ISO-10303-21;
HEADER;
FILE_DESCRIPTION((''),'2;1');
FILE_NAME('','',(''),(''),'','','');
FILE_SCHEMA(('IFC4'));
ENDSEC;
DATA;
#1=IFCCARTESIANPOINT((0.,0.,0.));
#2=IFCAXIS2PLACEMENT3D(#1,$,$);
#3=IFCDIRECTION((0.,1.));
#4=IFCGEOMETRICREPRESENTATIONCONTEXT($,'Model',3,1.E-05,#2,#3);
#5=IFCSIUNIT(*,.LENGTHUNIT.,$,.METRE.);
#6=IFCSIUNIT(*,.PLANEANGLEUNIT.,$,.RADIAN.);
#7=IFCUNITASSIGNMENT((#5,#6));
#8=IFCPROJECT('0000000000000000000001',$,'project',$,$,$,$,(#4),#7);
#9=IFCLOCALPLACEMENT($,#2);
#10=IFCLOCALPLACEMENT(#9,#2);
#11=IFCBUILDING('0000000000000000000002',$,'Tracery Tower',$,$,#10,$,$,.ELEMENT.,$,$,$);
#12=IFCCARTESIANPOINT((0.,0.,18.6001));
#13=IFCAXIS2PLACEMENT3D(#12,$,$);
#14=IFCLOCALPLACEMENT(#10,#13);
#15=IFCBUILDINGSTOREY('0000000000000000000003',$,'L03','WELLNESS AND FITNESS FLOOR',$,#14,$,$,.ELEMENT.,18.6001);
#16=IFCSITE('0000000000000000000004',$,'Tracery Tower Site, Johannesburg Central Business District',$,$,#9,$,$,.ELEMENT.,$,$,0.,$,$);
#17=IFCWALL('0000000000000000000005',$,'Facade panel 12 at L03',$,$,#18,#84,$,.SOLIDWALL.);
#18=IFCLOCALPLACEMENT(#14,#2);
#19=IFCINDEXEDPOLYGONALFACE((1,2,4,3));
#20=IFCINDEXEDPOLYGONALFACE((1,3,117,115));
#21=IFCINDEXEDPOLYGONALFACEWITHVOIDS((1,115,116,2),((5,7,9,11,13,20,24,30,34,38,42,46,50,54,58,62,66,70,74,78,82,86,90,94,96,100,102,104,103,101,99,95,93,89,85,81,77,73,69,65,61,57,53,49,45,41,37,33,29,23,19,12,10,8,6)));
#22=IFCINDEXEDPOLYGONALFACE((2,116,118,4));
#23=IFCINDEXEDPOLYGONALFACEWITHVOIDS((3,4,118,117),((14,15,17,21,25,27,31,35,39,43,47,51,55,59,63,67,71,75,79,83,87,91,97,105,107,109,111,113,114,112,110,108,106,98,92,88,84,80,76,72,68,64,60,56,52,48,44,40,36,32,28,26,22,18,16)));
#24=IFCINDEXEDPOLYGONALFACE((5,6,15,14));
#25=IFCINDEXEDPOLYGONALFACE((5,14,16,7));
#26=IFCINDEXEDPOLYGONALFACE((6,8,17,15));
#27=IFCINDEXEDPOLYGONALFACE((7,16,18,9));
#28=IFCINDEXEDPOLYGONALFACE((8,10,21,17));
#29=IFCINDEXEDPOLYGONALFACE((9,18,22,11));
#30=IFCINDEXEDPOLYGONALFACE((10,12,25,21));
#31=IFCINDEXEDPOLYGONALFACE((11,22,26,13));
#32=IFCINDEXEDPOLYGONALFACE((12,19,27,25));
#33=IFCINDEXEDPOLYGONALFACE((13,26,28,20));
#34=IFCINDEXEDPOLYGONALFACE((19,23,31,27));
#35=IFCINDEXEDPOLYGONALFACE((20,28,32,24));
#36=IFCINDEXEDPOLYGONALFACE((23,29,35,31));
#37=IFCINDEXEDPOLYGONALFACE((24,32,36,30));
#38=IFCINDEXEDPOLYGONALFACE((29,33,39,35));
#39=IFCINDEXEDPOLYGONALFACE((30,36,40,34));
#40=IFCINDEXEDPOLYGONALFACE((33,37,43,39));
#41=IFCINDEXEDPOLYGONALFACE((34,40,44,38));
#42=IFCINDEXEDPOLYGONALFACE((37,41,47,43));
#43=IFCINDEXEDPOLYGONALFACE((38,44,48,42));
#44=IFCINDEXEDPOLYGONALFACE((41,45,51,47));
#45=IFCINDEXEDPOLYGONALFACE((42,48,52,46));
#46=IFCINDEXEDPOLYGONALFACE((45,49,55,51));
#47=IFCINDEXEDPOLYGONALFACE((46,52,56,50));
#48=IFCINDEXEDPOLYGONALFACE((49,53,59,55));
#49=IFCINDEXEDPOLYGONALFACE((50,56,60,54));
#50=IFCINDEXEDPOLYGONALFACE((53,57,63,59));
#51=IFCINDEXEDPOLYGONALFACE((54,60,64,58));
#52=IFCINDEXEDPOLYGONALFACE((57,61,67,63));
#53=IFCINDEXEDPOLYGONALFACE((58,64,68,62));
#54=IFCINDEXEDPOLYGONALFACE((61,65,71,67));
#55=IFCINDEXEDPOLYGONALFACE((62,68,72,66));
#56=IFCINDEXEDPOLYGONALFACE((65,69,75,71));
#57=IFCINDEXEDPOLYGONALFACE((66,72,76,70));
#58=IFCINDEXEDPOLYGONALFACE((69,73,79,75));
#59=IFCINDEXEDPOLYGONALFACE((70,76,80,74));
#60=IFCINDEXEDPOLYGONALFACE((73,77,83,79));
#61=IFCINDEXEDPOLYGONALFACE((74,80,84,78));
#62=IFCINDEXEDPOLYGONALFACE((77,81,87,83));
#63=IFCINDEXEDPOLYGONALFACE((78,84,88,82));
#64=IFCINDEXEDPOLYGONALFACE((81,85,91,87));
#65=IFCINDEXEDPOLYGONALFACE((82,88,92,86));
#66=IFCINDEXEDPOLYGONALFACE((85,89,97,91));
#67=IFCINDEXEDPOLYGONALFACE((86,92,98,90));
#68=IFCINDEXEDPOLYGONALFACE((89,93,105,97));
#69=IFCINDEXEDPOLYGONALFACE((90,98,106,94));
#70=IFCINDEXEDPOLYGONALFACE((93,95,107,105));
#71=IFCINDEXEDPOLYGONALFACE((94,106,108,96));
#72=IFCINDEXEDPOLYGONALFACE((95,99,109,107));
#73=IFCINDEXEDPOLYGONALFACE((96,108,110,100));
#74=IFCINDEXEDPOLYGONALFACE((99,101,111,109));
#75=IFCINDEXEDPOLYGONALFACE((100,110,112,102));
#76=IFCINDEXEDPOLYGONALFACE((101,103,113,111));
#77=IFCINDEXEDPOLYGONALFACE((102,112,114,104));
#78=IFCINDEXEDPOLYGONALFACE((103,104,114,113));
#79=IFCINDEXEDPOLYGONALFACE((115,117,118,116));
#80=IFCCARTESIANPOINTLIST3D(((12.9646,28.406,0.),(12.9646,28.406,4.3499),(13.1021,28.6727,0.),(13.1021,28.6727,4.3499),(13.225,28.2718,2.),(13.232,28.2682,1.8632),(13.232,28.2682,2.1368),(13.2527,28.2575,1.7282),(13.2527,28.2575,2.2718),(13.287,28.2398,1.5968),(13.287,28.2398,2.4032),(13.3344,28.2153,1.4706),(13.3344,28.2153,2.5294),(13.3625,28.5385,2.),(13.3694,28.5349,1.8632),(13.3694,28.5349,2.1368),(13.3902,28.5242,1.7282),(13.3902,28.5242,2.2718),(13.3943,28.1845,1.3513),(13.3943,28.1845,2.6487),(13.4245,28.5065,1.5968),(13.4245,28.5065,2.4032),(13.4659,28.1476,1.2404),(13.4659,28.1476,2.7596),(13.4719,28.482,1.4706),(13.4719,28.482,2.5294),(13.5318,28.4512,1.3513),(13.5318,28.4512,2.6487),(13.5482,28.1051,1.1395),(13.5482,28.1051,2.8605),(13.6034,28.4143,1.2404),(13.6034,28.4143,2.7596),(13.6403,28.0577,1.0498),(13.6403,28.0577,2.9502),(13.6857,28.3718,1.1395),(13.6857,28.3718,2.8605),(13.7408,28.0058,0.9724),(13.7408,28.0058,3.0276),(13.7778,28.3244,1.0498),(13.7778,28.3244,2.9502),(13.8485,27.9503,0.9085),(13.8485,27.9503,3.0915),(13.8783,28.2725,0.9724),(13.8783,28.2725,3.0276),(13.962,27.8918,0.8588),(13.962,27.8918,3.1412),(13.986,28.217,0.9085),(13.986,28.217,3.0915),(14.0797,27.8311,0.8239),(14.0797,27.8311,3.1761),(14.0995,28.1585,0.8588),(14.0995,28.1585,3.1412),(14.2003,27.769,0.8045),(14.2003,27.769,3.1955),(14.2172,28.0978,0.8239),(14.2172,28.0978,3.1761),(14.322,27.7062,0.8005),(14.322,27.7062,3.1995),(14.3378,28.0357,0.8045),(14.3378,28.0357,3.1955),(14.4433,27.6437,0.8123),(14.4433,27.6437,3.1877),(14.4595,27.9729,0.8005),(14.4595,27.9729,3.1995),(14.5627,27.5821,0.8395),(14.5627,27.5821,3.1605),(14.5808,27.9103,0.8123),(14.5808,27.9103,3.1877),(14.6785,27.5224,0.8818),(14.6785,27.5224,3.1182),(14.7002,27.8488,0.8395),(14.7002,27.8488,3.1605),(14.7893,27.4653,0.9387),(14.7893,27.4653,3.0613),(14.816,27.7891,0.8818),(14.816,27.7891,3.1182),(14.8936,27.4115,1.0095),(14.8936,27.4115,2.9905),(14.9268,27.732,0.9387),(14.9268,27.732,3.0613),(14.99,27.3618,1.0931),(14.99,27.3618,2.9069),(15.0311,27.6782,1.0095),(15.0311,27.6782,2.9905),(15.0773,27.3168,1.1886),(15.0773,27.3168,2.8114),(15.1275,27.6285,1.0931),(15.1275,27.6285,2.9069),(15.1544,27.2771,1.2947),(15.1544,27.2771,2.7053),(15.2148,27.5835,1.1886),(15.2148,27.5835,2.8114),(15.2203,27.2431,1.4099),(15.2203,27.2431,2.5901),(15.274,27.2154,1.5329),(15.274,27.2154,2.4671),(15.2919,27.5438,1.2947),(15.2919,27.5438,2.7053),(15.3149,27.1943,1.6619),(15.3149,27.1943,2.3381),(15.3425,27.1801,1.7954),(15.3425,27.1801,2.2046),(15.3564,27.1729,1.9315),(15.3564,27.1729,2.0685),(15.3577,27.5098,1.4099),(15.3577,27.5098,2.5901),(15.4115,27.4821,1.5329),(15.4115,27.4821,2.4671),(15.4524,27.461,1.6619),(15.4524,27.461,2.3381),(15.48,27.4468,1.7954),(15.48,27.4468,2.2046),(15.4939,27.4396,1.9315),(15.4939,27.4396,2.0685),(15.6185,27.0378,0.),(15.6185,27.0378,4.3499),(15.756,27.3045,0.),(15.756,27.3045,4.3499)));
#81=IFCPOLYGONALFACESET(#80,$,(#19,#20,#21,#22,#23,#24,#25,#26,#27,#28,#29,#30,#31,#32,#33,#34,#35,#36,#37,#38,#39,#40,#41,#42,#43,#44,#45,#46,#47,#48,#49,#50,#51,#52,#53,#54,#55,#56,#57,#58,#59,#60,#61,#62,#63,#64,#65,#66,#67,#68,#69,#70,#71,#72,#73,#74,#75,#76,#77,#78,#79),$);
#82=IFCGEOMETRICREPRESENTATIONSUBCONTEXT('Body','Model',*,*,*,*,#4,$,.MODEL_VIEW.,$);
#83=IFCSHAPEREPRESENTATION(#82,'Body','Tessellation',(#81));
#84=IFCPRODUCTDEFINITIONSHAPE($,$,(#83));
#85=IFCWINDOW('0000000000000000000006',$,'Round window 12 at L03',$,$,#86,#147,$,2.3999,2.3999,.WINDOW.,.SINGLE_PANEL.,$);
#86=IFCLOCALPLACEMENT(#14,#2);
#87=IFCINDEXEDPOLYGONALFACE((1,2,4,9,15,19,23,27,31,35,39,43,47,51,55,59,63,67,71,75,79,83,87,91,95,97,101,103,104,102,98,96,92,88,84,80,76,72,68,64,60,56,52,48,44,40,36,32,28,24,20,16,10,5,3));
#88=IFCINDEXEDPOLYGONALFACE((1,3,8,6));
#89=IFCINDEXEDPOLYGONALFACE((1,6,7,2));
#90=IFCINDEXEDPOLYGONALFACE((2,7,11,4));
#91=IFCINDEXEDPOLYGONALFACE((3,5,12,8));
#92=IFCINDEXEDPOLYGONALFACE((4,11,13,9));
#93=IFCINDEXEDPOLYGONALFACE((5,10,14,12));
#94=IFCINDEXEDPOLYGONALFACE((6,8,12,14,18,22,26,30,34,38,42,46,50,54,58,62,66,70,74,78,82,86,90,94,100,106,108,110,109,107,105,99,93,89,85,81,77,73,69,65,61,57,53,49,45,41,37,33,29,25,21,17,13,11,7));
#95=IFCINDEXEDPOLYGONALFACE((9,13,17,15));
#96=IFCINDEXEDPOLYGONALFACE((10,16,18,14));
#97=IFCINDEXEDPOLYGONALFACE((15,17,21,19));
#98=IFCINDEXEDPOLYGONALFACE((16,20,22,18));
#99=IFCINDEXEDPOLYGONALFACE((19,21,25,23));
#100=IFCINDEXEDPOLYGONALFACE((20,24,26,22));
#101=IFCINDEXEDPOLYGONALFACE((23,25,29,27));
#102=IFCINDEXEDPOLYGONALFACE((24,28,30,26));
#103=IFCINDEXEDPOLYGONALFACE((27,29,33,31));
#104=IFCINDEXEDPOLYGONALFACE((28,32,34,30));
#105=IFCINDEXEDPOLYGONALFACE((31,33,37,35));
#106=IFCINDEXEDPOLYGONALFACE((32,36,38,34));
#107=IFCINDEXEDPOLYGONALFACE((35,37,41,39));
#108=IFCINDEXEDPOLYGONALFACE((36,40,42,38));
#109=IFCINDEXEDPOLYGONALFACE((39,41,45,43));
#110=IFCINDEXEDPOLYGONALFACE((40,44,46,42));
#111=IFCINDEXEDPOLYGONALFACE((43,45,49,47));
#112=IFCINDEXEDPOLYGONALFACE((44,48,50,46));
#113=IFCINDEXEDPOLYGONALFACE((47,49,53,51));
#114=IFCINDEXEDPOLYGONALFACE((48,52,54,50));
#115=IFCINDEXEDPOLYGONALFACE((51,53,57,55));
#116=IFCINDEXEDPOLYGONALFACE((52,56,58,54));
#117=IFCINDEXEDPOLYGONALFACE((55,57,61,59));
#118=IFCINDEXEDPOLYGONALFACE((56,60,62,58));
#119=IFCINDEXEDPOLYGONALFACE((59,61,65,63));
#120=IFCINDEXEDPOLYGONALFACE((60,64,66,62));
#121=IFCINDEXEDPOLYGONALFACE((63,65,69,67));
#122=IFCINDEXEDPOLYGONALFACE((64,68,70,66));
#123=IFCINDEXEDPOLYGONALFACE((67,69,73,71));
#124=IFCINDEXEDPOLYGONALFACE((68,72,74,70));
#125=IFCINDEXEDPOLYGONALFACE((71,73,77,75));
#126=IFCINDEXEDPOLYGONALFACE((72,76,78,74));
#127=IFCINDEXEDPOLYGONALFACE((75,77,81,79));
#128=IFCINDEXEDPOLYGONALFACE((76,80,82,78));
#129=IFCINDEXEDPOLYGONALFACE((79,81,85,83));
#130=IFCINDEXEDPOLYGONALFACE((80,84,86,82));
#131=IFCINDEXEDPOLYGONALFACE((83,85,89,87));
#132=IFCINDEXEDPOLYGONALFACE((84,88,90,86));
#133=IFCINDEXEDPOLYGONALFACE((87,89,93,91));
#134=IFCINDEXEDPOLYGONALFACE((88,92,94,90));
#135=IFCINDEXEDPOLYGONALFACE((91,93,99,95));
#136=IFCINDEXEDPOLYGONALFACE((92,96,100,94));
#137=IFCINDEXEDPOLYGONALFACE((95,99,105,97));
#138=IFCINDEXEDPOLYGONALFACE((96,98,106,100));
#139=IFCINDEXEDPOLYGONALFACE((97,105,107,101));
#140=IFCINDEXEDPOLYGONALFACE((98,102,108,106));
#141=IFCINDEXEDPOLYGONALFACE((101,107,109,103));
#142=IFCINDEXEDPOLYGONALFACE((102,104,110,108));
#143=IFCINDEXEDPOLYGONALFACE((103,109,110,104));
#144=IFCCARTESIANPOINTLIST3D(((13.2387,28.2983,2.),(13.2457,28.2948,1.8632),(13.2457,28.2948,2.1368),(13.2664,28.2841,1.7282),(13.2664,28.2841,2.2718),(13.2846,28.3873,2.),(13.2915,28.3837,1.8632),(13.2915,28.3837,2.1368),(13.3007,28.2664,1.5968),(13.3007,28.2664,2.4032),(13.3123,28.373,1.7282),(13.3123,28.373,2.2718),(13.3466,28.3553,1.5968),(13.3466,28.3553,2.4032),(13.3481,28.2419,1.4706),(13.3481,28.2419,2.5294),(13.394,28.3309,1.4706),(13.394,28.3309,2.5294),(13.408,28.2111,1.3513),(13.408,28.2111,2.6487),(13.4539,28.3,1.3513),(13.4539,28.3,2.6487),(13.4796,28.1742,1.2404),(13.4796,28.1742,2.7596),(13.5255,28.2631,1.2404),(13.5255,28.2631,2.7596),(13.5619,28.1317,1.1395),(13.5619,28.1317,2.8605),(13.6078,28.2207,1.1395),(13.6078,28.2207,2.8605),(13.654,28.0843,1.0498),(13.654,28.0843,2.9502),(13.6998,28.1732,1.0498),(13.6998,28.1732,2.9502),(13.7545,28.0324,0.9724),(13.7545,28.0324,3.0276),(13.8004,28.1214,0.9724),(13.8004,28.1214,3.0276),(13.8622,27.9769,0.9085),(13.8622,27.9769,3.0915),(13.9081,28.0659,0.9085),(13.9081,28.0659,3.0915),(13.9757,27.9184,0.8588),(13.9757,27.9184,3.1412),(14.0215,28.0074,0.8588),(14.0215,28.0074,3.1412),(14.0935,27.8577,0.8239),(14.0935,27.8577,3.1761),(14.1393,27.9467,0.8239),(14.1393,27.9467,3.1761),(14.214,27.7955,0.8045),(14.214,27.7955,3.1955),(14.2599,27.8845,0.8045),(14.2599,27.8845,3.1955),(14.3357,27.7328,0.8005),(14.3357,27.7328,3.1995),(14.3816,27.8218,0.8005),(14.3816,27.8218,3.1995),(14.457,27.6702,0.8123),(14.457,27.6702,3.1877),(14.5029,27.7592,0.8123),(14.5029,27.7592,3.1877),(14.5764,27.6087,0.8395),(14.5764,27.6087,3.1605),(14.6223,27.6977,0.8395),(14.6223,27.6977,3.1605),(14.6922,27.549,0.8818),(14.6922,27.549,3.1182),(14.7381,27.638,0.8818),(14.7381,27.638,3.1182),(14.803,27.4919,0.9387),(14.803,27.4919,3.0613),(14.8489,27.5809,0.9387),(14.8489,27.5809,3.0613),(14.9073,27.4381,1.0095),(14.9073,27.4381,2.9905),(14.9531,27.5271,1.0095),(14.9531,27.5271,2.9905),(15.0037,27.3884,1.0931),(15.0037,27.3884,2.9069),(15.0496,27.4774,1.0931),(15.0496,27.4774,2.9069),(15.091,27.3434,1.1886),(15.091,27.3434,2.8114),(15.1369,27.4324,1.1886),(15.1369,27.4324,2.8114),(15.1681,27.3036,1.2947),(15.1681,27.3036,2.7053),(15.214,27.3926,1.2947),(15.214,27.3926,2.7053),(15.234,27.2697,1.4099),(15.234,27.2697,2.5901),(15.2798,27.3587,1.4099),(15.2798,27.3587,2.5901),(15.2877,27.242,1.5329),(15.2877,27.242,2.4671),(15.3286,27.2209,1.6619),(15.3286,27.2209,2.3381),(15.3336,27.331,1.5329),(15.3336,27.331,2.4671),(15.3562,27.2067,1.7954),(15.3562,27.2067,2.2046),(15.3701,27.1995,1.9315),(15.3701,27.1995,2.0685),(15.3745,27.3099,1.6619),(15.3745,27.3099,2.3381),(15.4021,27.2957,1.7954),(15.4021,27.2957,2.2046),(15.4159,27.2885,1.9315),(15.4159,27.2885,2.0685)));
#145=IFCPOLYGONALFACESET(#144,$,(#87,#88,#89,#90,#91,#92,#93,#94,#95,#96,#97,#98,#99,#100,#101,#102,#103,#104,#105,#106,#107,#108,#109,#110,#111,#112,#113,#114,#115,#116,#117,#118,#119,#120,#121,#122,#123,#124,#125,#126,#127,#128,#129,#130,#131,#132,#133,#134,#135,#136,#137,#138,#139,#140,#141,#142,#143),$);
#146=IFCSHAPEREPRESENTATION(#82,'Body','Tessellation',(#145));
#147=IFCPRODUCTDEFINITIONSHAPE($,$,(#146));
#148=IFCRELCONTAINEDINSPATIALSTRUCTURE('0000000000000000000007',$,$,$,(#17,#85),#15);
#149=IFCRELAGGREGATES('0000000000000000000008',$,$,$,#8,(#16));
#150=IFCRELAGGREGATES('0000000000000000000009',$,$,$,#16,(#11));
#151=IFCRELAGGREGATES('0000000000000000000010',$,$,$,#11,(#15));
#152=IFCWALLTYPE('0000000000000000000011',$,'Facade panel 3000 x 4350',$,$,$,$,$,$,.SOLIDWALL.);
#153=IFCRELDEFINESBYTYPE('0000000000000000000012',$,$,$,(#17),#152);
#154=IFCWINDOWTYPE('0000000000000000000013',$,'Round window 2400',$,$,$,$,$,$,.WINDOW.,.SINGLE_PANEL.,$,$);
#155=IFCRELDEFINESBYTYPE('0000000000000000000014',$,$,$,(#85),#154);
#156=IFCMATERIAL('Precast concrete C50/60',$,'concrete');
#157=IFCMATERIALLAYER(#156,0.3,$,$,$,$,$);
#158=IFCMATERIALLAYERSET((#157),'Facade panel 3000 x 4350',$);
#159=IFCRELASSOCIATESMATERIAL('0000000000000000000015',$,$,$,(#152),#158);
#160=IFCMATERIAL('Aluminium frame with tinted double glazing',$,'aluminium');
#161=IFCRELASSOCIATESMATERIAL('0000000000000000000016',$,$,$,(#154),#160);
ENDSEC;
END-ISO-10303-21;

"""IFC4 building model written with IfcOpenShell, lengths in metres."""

from ifc_helpers import new_model, si_unit, direction, frame, frame_2d, origin, origin_2d, place, context, subcontext, project, spatial, rectangle, circle, extrude, material, layer, layer_set, type_object, element, fill, save


model = new_model("IFC4")

# Units and contexts
model_context = context("Model", 3, precision=1e-05, world=origin(), true_north=direction((0.0, 1.0)))
body_context = subcontext(model_context, "Body", "Model", "MODEL_VIEW")
ifc_project = project(units=[si_unit("LENGTHUNIT", "METRE"), si_unit("PLANEANGLEUNIT", "RADIAN")], contexts=[model_context])

# Site, building, storey
site_placement = place(None, origin())
site = spatial("IfcSite", under=ifc_project, at=site_placement, Name="Tracery Tower Site, Johannesburg Central Business District", CompositionType="ELEMENT", RefElevation=0.0)
building_placement = place(site_placement, origin())
building = spatial("IfcBuilding", under=site, at=building_placement, Name="Tracery Tower", CompositionType="ELEMENT")
storey_placement = place(building_placement, frame((0.0, 0.0, 18.6001)))
storey = spatial("IfcBuildingStorey", under=building, at=storey_placement, Name="L03", Description="WELLNESS AND FITNESS FLOOR", CompositionType="ELEMENT", Elevation=18.6001)

# Wall, opening, window
ifc_material_1 = material(Name="Precast concrete C50/60", Category="concrete")
ifc_layer_1 = layer(ifc_material_1, 0.3)
ifc_layer_set_1 = layer_set([ifc_layer_1], Name="Facade panel 3000 x 4350")
wall_type_1 = type_object("IfcWallType", Name="Facade panel 3000 x 4350", PredefinedType="SOLIDWALL", material=ifc_layer_set_1)
ifc_material_2 = material(Name="Aluminium frame with tinted double glazing", Category="aluminium")
window_type = type_object("IfcWindowType", Name="Round window 2400", PartitioningType="SINGLE_PANEL", PredefinedType="WINDOW", material=ifc_material_2)
wall_1_placement = place(storey_placement, frame((15.6873, 27.1711, 0.0), z_axis=(0.0, 0.0, 1.0), x_axis=(-0.888831, 0.458235, 0.0)))
wall_1 = element("IfcWall", 1, at=wall_1_placement, inside=storey, type_object=wall_type_1, Name="Facade panel 12 at L03", PredefinedType="SOLIDWALL", context=body_context, shape_type="SweptSolid", body=[
    extrude(rectangle(XDim=2.9858, YDim=0.3, at=frame_2d((1.4929, 0.0))), origin(), (0.0, 0.0, 1.0), 4.3499),
])
opening_1_placement = place(wall_1_placement, frame((1.4929, 0.0, 2.0)))
opening_1 = element("IfcOpeningElement", 2, at=opening_1_placement, cuts=wall_1, PredefinedType="OPENING", context=body_context, shape_type="SweptSolid", body=[
    extrude(circle(Radius=1.2, at=origin_2d()), frame((0.0, 0.1599, 0.0), z_axis=(0.0, -1.0, 0.0), x_axis=(1.0, 0.0, 0.0)), (0.0, 0.0, 1.0), 0.3201),
])
window_1_placement = place(opening_1_placement, origin())
window_1 = element("IfcWindow", 3, at=window_1_placement, inside=storey, type_object=window_type, Name="Round window 12 at L03", OverallHeight=2.3999, OverallWidth=2.3999, PartitioningType="SINGLE_PANEL", PredefinedType="WINDOW", context=body_context, shape_type="SweptSolid", body=[
    extrude(circle(Radius=1.2, at=origin_2d()), frame((0.0, 0.1201, 0.0), z_axis=(0.0, -1.0, 0.0), x_axis=(1.0, 0.0, 0.0)), (0.0, 0.0, 1.0), 0.1001),
])
fill(opening_1, window_1)

save(model, "model.ifc")
